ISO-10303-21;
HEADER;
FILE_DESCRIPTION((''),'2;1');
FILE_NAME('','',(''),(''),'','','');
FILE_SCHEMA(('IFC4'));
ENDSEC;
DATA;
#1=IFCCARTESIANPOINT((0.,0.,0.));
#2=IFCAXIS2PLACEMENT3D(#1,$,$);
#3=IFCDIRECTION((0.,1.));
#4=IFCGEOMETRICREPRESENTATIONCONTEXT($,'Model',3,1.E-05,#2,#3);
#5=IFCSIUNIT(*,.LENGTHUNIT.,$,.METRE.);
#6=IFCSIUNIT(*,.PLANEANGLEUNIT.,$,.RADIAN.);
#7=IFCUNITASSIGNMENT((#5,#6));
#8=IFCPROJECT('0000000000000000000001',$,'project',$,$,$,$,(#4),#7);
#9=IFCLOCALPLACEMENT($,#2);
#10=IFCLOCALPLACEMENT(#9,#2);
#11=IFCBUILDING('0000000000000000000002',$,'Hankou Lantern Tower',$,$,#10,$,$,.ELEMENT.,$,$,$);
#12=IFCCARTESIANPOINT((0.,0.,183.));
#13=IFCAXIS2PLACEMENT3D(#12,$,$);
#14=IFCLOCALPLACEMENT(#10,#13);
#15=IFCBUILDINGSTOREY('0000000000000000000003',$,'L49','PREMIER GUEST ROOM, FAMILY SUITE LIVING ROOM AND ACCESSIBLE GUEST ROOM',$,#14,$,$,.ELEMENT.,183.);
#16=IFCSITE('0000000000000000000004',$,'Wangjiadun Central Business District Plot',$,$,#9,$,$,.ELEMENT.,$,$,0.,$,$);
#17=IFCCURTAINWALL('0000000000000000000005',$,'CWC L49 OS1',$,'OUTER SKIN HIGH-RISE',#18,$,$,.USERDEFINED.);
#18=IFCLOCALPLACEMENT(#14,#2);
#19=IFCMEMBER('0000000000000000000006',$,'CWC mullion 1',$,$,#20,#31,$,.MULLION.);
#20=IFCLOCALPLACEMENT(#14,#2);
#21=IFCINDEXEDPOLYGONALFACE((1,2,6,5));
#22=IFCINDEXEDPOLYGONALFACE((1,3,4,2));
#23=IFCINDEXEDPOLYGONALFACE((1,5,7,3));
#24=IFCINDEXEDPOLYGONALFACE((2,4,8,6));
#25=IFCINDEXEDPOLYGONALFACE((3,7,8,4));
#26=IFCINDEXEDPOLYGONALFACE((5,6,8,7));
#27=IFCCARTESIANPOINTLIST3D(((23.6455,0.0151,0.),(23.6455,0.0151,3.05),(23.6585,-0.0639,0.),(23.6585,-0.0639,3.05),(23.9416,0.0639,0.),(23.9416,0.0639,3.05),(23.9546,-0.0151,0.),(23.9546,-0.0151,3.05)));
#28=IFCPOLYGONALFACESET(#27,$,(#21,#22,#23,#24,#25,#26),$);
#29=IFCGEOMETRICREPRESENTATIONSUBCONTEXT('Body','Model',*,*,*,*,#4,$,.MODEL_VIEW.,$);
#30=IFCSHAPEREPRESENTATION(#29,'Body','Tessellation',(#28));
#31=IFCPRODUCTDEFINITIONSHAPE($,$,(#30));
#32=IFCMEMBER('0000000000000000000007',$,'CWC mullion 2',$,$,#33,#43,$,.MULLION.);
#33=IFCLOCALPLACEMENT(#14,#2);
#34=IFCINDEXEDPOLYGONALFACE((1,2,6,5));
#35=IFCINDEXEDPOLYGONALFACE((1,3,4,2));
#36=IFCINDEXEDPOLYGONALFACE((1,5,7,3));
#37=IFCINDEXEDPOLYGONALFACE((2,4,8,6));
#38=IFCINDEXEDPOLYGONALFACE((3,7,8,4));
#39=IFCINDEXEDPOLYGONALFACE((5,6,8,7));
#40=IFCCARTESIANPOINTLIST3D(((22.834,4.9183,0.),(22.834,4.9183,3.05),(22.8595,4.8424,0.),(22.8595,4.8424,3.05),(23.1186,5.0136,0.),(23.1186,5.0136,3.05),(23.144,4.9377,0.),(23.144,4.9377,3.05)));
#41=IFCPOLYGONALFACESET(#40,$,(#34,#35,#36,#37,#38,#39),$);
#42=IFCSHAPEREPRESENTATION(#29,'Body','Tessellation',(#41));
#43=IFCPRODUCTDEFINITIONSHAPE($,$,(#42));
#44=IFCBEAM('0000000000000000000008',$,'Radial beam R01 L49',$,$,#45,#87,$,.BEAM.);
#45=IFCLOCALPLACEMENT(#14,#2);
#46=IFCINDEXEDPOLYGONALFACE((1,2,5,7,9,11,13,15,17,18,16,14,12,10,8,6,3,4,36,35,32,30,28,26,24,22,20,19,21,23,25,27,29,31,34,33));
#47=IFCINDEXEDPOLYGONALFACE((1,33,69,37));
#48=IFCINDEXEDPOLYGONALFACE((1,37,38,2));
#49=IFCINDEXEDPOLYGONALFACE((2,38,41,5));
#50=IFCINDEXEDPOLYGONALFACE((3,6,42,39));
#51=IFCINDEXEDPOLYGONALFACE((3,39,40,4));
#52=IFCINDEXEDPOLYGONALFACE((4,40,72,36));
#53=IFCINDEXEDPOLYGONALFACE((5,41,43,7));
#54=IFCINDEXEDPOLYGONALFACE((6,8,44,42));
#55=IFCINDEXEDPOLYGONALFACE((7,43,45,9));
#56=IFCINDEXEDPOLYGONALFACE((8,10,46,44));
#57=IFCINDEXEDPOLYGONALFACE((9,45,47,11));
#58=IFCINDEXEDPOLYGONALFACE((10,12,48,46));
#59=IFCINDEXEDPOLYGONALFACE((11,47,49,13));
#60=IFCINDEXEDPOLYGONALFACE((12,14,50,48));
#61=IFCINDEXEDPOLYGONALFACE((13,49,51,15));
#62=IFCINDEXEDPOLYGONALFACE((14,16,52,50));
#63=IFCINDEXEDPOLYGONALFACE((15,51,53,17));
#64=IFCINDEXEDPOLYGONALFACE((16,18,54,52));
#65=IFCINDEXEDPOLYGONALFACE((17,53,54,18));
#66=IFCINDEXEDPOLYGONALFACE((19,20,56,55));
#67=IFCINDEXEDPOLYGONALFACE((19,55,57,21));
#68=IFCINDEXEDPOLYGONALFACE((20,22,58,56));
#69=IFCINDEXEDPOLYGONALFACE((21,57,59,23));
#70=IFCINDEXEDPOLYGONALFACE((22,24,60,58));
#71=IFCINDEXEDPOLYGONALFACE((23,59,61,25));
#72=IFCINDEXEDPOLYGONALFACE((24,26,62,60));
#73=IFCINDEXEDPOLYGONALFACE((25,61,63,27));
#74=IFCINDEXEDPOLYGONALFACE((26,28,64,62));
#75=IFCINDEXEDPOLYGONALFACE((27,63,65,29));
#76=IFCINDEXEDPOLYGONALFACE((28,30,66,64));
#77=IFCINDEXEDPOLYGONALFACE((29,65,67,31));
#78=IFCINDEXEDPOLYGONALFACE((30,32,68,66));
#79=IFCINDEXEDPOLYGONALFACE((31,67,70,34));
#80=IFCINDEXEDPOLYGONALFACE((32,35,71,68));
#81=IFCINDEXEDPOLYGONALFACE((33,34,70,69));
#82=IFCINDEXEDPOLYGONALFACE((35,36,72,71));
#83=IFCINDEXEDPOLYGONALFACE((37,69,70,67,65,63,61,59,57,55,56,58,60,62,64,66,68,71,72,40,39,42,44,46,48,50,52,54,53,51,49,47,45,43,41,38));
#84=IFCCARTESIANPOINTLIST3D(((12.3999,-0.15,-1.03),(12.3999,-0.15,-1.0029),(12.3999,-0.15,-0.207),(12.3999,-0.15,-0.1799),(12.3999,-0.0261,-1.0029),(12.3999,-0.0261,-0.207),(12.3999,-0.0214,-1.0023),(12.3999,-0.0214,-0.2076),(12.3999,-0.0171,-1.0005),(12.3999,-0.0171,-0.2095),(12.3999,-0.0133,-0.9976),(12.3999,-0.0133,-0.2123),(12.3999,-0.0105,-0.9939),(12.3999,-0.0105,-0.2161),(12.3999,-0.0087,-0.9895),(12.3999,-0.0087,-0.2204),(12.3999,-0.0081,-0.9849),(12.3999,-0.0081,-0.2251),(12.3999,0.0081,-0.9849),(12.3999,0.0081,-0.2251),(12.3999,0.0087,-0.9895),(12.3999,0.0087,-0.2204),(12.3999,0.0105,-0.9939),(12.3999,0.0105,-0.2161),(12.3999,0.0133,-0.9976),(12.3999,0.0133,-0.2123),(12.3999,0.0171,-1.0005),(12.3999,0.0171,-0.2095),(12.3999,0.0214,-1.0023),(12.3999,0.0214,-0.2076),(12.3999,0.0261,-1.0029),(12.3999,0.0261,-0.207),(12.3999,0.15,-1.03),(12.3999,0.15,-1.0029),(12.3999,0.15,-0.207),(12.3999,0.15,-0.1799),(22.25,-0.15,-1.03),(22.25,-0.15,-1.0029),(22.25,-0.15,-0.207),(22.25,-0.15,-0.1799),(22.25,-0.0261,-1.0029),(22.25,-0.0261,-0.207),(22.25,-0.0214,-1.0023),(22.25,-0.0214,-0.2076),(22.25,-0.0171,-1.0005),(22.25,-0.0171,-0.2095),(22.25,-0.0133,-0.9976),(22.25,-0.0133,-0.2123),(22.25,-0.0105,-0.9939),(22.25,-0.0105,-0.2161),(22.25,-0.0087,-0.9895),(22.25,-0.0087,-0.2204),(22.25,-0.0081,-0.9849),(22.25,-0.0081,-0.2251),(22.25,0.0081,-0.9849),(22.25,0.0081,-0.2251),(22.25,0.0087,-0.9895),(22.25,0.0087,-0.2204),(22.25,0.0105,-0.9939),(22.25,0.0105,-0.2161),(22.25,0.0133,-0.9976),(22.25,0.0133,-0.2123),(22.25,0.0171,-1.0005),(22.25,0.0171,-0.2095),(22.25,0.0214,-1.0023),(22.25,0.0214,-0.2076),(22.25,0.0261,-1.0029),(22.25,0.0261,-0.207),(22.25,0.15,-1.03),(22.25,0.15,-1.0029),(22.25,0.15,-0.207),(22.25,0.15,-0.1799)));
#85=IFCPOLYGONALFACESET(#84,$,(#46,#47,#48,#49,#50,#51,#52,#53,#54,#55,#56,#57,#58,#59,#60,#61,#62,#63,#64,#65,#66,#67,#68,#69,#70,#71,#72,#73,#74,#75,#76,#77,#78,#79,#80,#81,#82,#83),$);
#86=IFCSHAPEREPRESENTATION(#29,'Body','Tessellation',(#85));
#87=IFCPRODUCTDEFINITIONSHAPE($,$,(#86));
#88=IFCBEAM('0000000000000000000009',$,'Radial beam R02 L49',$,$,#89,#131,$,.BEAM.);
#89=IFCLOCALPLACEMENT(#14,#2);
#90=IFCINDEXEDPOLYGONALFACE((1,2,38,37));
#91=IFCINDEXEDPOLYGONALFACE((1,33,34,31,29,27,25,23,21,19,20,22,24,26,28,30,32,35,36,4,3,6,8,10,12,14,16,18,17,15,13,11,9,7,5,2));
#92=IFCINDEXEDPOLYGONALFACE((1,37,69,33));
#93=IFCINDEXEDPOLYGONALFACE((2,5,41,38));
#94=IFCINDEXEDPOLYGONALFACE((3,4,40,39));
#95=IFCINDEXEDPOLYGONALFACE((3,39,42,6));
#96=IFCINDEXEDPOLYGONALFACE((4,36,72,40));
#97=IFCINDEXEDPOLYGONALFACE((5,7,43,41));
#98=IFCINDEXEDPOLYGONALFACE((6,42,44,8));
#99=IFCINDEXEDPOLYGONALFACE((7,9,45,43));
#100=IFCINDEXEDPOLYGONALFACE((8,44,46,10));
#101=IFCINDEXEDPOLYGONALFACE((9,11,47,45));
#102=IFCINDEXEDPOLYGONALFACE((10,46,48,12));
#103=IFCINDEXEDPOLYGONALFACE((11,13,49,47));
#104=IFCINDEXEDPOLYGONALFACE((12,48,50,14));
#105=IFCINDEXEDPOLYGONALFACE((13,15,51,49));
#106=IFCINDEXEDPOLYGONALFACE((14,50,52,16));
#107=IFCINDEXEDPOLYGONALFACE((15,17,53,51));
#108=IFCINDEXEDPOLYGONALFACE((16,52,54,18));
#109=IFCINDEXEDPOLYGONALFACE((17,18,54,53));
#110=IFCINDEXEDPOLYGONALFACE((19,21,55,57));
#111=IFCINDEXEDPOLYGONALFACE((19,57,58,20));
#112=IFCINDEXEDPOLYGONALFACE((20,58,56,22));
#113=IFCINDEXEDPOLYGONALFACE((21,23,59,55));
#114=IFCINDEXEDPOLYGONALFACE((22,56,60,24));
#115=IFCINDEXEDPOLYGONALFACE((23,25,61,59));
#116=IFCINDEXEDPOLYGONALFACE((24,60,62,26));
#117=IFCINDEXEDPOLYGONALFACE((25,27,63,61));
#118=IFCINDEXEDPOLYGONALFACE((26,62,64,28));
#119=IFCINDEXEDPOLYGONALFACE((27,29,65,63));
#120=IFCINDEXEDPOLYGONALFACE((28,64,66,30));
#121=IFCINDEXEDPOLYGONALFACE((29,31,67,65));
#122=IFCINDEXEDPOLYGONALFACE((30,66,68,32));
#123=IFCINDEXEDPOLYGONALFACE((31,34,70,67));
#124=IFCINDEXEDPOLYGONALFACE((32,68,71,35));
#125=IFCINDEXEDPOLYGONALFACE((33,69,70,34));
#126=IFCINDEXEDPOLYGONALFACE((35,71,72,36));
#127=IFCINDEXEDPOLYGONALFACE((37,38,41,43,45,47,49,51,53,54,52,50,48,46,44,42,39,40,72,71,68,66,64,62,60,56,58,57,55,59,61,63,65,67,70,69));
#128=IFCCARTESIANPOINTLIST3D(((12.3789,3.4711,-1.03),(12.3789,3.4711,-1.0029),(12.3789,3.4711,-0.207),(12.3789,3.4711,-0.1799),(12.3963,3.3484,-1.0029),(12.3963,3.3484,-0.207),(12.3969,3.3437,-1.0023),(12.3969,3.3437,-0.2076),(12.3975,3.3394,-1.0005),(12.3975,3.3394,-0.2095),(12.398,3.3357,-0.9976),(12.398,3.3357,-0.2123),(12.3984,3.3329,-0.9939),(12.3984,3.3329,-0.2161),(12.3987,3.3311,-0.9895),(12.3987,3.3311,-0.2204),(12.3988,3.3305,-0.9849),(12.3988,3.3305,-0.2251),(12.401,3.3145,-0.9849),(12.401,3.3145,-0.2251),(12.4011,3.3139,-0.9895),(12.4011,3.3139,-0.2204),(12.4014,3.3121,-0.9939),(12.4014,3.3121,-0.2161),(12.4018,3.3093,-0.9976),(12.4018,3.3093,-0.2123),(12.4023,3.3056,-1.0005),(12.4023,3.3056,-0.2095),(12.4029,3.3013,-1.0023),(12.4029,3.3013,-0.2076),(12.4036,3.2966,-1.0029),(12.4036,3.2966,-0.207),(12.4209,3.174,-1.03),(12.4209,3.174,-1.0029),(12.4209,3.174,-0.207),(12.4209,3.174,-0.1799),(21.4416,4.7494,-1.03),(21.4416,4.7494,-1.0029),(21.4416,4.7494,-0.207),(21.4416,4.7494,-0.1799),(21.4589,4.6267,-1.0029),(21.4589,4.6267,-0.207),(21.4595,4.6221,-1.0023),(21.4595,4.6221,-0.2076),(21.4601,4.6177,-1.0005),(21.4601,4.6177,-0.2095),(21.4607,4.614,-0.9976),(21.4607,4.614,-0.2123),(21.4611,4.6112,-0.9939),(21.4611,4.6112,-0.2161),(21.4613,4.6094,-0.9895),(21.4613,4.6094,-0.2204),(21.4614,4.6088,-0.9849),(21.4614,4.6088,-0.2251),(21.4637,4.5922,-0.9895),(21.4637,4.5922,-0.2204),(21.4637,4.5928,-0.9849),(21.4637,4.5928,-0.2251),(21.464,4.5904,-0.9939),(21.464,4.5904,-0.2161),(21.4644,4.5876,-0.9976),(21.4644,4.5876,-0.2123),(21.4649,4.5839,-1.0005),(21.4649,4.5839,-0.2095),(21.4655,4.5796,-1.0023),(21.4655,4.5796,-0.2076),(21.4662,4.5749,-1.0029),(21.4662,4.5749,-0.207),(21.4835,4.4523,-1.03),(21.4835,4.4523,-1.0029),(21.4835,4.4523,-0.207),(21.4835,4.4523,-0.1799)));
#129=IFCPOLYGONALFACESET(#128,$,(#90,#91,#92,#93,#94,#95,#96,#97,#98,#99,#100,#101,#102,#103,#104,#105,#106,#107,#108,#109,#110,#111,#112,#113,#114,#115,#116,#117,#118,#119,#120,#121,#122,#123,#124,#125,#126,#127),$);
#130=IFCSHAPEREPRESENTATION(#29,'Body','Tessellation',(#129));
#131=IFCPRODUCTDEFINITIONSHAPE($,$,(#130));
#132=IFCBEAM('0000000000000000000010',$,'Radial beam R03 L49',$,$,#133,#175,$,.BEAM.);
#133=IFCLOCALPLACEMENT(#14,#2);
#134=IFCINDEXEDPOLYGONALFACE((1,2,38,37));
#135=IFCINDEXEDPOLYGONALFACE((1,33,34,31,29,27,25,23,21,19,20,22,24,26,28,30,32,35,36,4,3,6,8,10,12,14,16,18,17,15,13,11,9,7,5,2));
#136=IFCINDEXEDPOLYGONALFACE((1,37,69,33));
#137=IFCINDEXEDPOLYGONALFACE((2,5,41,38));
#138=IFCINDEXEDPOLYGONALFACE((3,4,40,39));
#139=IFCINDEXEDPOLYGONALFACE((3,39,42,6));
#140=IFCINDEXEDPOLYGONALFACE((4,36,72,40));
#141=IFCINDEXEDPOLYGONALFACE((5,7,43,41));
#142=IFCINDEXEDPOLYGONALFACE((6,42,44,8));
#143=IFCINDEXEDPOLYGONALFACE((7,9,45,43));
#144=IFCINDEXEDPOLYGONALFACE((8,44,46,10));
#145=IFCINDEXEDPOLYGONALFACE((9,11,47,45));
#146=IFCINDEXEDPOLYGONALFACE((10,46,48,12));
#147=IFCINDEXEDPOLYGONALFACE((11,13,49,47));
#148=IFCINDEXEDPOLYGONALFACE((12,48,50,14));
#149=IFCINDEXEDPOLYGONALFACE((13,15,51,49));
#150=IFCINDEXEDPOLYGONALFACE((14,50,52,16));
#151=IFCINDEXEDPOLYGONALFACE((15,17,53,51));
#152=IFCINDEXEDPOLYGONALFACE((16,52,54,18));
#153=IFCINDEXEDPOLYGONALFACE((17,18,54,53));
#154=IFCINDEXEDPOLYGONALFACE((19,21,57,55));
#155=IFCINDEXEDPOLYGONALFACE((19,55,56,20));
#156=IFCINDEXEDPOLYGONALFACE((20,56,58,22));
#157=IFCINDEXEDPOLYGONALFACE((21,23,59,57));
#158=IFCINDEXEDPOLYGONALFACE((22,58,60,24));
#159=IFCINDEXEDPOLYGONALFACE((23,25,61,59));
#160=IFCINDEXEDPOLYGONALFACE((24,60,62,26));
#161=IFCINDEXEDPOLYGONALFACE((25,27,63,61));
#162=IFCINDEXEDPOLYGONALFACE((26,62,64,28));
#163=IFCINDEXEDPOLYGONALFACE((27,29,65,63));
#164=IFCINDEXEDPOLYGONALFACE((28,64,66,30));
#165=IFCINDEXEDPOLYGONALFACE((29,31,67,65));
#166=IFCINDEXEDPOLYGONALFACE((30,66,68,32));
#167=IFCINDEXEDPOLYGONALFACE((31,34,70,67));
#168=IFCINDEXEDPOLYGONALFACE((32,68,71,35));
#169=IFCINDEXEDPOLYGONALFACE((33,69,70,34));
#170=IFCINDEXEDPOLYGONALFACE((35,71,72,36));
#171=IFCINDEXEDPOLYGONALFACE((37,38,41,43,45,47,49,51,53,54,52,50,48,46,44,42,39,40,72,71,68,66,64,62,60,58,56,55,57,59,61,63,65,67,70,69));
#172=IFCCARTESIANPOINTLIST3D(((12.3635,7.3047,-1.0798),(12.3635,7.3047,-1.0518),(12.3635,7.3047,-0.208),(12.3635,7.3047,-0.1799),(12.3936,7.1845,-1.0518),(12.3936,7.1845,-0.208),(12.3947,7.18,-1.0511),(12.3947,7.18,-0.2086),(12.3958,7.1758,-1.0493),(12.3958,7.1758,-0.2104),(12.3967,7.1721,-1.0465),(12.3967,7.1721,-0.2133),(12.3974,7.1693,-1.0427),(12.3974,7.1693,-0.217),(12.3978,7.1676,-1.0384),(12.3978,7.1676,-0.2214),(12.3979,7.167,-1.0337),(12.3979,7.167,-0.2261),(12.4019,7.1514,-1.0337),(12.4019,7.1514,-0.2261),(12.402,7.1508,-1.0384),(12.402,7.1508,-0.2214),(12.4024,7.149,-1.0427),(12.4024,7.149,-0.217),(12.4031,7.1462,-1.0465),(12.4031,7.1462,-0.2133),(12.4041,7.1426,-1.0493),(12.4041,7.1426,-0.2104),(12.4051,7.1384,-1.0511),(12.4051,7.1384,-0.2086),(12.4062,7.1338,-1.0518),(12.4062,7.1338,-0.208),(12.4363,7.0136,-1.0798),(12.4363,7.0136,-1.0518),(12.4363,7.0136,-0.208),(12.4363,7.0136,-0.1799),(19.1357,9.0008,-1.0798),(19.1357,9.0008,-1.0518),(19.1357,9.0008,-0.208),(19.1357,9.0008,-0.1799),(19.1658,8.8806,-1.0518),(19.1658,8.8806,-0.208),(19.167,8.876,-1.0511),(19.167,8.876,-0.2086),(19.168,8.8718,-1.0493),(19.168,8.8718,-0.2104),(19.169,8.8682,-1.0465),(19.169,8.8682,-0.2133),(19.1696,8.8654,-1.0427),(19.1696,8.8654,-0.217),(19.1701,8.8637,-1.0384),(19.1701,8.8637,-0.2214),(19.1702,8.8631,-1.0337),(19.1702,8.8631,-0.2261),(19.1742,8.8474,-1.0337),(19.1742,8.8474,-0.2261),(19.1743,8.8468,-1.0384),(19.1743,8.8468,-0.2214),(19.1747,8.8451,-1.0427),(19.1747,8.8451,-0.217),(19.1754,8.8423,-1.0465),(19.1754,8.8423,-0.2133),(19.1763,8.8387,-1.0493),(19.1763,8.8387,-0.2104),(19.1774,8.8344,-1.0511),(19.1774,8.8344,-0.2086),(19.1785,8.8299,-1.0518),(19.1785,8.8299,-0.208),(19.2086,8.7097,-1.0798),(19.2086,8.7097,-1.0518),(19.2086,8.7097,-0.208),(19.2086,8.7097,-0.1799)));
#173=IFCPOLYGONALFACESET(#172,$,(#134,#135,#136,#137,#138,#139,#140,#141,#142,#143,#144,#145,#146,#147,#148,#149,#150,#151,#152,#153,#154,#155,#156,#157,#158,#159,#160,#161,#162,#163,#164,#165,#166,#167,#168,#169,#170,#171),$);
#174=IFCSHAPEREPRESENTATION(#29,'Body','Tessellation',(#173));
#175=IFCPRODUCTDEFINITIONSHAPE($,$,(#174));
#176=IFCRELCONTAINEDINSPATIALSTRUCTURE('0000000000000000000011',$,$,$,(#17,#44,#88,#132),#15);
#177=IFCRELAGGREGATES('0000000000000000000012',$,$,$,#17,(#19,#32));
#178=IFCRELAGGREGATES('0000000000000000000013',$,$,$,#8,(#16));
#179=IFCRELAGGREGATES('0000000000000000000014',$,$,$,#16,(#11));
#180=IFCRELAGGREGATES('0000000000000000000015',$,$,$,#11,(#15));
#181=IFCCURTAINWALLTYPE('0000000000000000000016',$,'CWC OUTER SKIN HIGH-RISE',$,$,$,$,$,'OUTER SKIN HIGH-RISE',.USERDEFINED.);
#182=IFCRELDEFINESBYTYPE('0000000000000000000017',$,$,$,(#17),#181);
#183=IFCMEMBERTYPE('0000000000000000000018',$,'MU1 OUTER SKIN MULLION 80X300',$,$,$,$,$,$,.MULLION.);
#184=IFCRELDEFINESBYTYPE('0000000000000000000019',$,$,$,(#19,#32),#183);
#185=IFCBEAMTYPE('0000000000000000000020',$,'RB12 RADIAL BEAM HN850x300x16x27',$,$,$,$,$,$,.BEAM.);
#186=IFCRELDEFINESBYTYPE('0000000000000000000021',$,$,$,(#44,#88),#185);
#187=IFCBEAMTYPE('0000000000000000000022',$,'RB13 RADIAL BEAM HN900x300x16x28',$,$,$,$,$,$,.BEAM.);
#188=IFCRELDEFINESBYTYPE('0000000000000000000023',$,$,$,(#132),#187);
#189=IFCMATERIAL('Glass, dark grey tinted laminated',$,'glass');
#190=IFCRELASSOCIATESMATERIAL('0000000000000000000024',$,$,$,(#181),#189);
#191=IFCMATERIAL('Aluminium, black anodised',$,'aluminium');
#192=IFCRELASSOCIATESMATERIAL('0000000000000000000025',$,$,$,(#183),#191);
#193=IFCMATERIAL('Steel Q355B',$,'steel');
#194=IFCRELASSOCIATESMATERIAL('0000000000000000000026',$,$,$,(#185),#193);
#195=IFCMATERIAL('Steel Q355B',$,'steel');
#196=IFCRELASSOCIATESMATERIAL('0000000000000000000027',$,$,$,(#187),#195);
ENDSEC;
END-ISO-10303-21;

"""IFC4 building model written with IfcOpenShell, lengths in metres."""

from ifc_helpers import new_model, si_unit, direction, frame, origin, origin_2d, place, context, subcontext, project, spatial, rectangle, i_section, extrude, material, material_profile, profile_set, type_object, element, aggregate, save


model = new_model("IFC4")

# Units and contexts
model_context = context("Model", 3, precision=1e-05, world=origin(), true_north=direction((0.0, 1.0)))
body_context = subcontext(model_context, "Body", "Model", "MODEL_VIEW")
ifc_project = project(units=[si_unit("LENGTHUNIT", "METRE"), si_unit("PLANEANGLEUNIT", "RADIAN")], contexts=[model_context])

# Site, building, storey
site_placement = place(None, origin())
site = spatial("IfcSite", under=ifc_project, at=site_placement, Name="Wangjiadun Central Business District Plot", CompositionType="ELEMENT", RefElevation=0.0)
building_placement = place(site_placement, origin())
building = spatial("IfcBuilding", under=site, at=building_placement, Name="Hankou Lantern Tower", CompositionType="ELEMENT")
storey_placement = place(building_placement, frame((0.0, 0.0, 183.0)))
storey = spatial("IfcBuildingStorey", under=building, at=storey_placement, Name="L49", Description="PREMIER GUEST ROOM, FAMILY SUITE LIVING ROOM AND ACCESSIBLE GUEST ROOM", CompositionType="ELEMENT", Elevation=183.0)

# Curtain wall, members
ifc_material_1 = material(Name="Glass, dark grey tinted laminated", Category="glass")
curtain_wall_type = type_object("IfcCurtainWallType", Name="CWC OUTER SKIN HIGH-RISE", ElementType="OUTER SKIN HIGH-RISE", PredefinedType="USERDEFINED", material=ifc_material_1)
curtain_wall_placement = place(storey_placement, origin())
curtain_wall = element("IfcCurtainWall", 1, at=curtain_wall_placement, inside=storey, type_object=curtain_wall_type, Name="CWC L49 OS1", ObjectType="OUTER SKIN HIGH-RISE", PredefinedType="USERDEFINED")
ifc_material_2 = material(Name="Aluminium, black anodised", Category="aluminium")
ifc_material_profile_1 = material_profile(ifc_material_2, rectangle(XDim=0.0801, YDim=0.3, at=origin_2d()), Name="MU1 80X300")
ifc_profile_set_1 = profile_set([ifc_material_profile_1], Name="Aluminium, black anodised")
member_type_1 = type_object("IfcMemberType", Name="MU1 OUTER SKIN MULLION 80X300", PredefinedType="MULLION", material=ifc_profile_set_1)
member_1_placement = place(storey_placement, frame((23.8, 0.0, 0.0), z_axis=(0.0, 0.0, 1.0), x_axis=(-0.162382, 0.986728, 0.0)))
member_1 = element("IfcMember", 2, at=member_1_placement, type_object=member_type_1, Name="CWC mullion 1", PredefinedType="MULLION", context=body_context, shape_type="SweptSolid", body=[
    extrude(rectangle(XDim=0.0801, YDim=0.3, at=origin_2d()), origin(), (0.0, 0.0, 1.0), 3.05),
])
member_2_placement = place(storey_placement, frame((22.989, 4.928, 0.0), z_axis=(0.0, 0.0, 1.0), x_axis=(-0.317596, 0.948226, 0.0)))
member_2 = element("IfcMember", 3, at=member_2_placement, type_object=member_type_1, Name="CWC mullion 2", PredefinedType="MULLION", context=body_context, shape_type="SweptSolid", body=[
    extrude(rectangle(XDim=0.0801, YDim=0.3, at=origin_2d()), origin(), (0.0, 0.0, 1.0), 3.05),
])

# Beams
ifc_material_3 = material(Name="Steel Q355B", Category="steel")
ifc_material_profile_2 = material_profile(ifc_material_3, i_section(OverallWidth=0.3, OverallDepth=0.8501, WebThickness=0.0161, FlangeThickness=0.0271, FilletRadius=0.0181, at=origin_2d()), Name="HN850x300x16x27")
ifc_profile_set_2 = profile_set([ifc_material_profile_2], Name="Steel Q355B")
beam_type_1 = type_object("IfcBeamType", Name="RB12 RADIAL BEAM HN850x300x16x27", PredefinedType="BEAM", material=ifc_profile_set_2)
beam_1_placement = place(storey_placement, frame((12.3999, 0.0, -0.605), z_axis=(1.0, 0.0, 0.0), x_axis=(0.0, 1.0, 0.0)))
element("IfcBeam", 4, at=beam_1_placement, inside=storey, type_object=beam_type_1, Name="Radial beam R01 L49", PredefinedType="BEAM", context=body_context, shape_type="SweptSolid", body=[
    extrude(i_section(OverallWidth=0.3, OverallDepth=0.8501, WebThickness=0.0161, FlangeThickness=0.0271, FilletRadius=0.0181, at=origin_2d()), origin(), (0.0, 0.0, 1.0), 9.8501),
])
beam_2_placement = place(storey_placement, frame((12.3999, 3.3225, -0.605), z_axis=(0.990198, 0.13967, 0.0), x_axis=(-0.13967, 0.990198, 0.0)))
element("IfcBeam", 5, at=beam_2_placement, inside=storey, type_object=beam_type_1, Name="Radial beam R02 L49", PredefinedType="BEAM", context=body_context, shape_type="SweptSolid", body=[
    extrude(i_section(OverallWidth=0.3, OverallDepth=0.8501, WebThickness=0.0161, FlangeThickness=0.0271, FilletRadius=0.0181, at=origin_2d()), origin(), (0.0, 0.0, 1.0), 9.1523),
])
ifc_material_4 = material(Name="Steel Q355B", Category="steel")
ifc_material_profile_3 = material_profile(ifc_material_4, i_section(OverallWidth=0.3, OverallDepth=0.8999, WebThickness=0.0161, FlangeThickness=0.0281, FilletRadius=0.0181, at=origin_2d()), Name="HN900x300x16x28")
ifc_profile_set_3 = profile_set([ifc_material_profile_3], Name="Steel Q355B")
beam_type_2 = type_object("IfcBeamType", Name="RB13 RADIAL BEAM HN900x300x16x28", PredefinedType="BEAM", material=ifc_profile_set_3)
beam_3_placement = place(storey_placement, frame((12.3999, 7.1592, -0.6299), z_axis=(0.970042, 0.242939, 0.0), x_axis=(-0.242939, 0.970042, 0.0)))
element("IfcBeam", 6, at=beam_3_placement, inside=storey, type_object=beam_type_2, Name="Radial beam R03 L49", PredefinedType="BEAM", context=body_context, shape_type="SweptSolid", body=[
    extrude(i_section(OverallWidth=0.3, OverallDepth=0.8999, WebThickness=0.0161, FlangeThickness=0.0281, FilletRadius=0.0181, at=origin_2d()), origin(), (0.0, 0.0, 1.0), 6.9814),
])

aggregate(curtain_wall, [member_1, member_2])

save(model, "model.ifc")
